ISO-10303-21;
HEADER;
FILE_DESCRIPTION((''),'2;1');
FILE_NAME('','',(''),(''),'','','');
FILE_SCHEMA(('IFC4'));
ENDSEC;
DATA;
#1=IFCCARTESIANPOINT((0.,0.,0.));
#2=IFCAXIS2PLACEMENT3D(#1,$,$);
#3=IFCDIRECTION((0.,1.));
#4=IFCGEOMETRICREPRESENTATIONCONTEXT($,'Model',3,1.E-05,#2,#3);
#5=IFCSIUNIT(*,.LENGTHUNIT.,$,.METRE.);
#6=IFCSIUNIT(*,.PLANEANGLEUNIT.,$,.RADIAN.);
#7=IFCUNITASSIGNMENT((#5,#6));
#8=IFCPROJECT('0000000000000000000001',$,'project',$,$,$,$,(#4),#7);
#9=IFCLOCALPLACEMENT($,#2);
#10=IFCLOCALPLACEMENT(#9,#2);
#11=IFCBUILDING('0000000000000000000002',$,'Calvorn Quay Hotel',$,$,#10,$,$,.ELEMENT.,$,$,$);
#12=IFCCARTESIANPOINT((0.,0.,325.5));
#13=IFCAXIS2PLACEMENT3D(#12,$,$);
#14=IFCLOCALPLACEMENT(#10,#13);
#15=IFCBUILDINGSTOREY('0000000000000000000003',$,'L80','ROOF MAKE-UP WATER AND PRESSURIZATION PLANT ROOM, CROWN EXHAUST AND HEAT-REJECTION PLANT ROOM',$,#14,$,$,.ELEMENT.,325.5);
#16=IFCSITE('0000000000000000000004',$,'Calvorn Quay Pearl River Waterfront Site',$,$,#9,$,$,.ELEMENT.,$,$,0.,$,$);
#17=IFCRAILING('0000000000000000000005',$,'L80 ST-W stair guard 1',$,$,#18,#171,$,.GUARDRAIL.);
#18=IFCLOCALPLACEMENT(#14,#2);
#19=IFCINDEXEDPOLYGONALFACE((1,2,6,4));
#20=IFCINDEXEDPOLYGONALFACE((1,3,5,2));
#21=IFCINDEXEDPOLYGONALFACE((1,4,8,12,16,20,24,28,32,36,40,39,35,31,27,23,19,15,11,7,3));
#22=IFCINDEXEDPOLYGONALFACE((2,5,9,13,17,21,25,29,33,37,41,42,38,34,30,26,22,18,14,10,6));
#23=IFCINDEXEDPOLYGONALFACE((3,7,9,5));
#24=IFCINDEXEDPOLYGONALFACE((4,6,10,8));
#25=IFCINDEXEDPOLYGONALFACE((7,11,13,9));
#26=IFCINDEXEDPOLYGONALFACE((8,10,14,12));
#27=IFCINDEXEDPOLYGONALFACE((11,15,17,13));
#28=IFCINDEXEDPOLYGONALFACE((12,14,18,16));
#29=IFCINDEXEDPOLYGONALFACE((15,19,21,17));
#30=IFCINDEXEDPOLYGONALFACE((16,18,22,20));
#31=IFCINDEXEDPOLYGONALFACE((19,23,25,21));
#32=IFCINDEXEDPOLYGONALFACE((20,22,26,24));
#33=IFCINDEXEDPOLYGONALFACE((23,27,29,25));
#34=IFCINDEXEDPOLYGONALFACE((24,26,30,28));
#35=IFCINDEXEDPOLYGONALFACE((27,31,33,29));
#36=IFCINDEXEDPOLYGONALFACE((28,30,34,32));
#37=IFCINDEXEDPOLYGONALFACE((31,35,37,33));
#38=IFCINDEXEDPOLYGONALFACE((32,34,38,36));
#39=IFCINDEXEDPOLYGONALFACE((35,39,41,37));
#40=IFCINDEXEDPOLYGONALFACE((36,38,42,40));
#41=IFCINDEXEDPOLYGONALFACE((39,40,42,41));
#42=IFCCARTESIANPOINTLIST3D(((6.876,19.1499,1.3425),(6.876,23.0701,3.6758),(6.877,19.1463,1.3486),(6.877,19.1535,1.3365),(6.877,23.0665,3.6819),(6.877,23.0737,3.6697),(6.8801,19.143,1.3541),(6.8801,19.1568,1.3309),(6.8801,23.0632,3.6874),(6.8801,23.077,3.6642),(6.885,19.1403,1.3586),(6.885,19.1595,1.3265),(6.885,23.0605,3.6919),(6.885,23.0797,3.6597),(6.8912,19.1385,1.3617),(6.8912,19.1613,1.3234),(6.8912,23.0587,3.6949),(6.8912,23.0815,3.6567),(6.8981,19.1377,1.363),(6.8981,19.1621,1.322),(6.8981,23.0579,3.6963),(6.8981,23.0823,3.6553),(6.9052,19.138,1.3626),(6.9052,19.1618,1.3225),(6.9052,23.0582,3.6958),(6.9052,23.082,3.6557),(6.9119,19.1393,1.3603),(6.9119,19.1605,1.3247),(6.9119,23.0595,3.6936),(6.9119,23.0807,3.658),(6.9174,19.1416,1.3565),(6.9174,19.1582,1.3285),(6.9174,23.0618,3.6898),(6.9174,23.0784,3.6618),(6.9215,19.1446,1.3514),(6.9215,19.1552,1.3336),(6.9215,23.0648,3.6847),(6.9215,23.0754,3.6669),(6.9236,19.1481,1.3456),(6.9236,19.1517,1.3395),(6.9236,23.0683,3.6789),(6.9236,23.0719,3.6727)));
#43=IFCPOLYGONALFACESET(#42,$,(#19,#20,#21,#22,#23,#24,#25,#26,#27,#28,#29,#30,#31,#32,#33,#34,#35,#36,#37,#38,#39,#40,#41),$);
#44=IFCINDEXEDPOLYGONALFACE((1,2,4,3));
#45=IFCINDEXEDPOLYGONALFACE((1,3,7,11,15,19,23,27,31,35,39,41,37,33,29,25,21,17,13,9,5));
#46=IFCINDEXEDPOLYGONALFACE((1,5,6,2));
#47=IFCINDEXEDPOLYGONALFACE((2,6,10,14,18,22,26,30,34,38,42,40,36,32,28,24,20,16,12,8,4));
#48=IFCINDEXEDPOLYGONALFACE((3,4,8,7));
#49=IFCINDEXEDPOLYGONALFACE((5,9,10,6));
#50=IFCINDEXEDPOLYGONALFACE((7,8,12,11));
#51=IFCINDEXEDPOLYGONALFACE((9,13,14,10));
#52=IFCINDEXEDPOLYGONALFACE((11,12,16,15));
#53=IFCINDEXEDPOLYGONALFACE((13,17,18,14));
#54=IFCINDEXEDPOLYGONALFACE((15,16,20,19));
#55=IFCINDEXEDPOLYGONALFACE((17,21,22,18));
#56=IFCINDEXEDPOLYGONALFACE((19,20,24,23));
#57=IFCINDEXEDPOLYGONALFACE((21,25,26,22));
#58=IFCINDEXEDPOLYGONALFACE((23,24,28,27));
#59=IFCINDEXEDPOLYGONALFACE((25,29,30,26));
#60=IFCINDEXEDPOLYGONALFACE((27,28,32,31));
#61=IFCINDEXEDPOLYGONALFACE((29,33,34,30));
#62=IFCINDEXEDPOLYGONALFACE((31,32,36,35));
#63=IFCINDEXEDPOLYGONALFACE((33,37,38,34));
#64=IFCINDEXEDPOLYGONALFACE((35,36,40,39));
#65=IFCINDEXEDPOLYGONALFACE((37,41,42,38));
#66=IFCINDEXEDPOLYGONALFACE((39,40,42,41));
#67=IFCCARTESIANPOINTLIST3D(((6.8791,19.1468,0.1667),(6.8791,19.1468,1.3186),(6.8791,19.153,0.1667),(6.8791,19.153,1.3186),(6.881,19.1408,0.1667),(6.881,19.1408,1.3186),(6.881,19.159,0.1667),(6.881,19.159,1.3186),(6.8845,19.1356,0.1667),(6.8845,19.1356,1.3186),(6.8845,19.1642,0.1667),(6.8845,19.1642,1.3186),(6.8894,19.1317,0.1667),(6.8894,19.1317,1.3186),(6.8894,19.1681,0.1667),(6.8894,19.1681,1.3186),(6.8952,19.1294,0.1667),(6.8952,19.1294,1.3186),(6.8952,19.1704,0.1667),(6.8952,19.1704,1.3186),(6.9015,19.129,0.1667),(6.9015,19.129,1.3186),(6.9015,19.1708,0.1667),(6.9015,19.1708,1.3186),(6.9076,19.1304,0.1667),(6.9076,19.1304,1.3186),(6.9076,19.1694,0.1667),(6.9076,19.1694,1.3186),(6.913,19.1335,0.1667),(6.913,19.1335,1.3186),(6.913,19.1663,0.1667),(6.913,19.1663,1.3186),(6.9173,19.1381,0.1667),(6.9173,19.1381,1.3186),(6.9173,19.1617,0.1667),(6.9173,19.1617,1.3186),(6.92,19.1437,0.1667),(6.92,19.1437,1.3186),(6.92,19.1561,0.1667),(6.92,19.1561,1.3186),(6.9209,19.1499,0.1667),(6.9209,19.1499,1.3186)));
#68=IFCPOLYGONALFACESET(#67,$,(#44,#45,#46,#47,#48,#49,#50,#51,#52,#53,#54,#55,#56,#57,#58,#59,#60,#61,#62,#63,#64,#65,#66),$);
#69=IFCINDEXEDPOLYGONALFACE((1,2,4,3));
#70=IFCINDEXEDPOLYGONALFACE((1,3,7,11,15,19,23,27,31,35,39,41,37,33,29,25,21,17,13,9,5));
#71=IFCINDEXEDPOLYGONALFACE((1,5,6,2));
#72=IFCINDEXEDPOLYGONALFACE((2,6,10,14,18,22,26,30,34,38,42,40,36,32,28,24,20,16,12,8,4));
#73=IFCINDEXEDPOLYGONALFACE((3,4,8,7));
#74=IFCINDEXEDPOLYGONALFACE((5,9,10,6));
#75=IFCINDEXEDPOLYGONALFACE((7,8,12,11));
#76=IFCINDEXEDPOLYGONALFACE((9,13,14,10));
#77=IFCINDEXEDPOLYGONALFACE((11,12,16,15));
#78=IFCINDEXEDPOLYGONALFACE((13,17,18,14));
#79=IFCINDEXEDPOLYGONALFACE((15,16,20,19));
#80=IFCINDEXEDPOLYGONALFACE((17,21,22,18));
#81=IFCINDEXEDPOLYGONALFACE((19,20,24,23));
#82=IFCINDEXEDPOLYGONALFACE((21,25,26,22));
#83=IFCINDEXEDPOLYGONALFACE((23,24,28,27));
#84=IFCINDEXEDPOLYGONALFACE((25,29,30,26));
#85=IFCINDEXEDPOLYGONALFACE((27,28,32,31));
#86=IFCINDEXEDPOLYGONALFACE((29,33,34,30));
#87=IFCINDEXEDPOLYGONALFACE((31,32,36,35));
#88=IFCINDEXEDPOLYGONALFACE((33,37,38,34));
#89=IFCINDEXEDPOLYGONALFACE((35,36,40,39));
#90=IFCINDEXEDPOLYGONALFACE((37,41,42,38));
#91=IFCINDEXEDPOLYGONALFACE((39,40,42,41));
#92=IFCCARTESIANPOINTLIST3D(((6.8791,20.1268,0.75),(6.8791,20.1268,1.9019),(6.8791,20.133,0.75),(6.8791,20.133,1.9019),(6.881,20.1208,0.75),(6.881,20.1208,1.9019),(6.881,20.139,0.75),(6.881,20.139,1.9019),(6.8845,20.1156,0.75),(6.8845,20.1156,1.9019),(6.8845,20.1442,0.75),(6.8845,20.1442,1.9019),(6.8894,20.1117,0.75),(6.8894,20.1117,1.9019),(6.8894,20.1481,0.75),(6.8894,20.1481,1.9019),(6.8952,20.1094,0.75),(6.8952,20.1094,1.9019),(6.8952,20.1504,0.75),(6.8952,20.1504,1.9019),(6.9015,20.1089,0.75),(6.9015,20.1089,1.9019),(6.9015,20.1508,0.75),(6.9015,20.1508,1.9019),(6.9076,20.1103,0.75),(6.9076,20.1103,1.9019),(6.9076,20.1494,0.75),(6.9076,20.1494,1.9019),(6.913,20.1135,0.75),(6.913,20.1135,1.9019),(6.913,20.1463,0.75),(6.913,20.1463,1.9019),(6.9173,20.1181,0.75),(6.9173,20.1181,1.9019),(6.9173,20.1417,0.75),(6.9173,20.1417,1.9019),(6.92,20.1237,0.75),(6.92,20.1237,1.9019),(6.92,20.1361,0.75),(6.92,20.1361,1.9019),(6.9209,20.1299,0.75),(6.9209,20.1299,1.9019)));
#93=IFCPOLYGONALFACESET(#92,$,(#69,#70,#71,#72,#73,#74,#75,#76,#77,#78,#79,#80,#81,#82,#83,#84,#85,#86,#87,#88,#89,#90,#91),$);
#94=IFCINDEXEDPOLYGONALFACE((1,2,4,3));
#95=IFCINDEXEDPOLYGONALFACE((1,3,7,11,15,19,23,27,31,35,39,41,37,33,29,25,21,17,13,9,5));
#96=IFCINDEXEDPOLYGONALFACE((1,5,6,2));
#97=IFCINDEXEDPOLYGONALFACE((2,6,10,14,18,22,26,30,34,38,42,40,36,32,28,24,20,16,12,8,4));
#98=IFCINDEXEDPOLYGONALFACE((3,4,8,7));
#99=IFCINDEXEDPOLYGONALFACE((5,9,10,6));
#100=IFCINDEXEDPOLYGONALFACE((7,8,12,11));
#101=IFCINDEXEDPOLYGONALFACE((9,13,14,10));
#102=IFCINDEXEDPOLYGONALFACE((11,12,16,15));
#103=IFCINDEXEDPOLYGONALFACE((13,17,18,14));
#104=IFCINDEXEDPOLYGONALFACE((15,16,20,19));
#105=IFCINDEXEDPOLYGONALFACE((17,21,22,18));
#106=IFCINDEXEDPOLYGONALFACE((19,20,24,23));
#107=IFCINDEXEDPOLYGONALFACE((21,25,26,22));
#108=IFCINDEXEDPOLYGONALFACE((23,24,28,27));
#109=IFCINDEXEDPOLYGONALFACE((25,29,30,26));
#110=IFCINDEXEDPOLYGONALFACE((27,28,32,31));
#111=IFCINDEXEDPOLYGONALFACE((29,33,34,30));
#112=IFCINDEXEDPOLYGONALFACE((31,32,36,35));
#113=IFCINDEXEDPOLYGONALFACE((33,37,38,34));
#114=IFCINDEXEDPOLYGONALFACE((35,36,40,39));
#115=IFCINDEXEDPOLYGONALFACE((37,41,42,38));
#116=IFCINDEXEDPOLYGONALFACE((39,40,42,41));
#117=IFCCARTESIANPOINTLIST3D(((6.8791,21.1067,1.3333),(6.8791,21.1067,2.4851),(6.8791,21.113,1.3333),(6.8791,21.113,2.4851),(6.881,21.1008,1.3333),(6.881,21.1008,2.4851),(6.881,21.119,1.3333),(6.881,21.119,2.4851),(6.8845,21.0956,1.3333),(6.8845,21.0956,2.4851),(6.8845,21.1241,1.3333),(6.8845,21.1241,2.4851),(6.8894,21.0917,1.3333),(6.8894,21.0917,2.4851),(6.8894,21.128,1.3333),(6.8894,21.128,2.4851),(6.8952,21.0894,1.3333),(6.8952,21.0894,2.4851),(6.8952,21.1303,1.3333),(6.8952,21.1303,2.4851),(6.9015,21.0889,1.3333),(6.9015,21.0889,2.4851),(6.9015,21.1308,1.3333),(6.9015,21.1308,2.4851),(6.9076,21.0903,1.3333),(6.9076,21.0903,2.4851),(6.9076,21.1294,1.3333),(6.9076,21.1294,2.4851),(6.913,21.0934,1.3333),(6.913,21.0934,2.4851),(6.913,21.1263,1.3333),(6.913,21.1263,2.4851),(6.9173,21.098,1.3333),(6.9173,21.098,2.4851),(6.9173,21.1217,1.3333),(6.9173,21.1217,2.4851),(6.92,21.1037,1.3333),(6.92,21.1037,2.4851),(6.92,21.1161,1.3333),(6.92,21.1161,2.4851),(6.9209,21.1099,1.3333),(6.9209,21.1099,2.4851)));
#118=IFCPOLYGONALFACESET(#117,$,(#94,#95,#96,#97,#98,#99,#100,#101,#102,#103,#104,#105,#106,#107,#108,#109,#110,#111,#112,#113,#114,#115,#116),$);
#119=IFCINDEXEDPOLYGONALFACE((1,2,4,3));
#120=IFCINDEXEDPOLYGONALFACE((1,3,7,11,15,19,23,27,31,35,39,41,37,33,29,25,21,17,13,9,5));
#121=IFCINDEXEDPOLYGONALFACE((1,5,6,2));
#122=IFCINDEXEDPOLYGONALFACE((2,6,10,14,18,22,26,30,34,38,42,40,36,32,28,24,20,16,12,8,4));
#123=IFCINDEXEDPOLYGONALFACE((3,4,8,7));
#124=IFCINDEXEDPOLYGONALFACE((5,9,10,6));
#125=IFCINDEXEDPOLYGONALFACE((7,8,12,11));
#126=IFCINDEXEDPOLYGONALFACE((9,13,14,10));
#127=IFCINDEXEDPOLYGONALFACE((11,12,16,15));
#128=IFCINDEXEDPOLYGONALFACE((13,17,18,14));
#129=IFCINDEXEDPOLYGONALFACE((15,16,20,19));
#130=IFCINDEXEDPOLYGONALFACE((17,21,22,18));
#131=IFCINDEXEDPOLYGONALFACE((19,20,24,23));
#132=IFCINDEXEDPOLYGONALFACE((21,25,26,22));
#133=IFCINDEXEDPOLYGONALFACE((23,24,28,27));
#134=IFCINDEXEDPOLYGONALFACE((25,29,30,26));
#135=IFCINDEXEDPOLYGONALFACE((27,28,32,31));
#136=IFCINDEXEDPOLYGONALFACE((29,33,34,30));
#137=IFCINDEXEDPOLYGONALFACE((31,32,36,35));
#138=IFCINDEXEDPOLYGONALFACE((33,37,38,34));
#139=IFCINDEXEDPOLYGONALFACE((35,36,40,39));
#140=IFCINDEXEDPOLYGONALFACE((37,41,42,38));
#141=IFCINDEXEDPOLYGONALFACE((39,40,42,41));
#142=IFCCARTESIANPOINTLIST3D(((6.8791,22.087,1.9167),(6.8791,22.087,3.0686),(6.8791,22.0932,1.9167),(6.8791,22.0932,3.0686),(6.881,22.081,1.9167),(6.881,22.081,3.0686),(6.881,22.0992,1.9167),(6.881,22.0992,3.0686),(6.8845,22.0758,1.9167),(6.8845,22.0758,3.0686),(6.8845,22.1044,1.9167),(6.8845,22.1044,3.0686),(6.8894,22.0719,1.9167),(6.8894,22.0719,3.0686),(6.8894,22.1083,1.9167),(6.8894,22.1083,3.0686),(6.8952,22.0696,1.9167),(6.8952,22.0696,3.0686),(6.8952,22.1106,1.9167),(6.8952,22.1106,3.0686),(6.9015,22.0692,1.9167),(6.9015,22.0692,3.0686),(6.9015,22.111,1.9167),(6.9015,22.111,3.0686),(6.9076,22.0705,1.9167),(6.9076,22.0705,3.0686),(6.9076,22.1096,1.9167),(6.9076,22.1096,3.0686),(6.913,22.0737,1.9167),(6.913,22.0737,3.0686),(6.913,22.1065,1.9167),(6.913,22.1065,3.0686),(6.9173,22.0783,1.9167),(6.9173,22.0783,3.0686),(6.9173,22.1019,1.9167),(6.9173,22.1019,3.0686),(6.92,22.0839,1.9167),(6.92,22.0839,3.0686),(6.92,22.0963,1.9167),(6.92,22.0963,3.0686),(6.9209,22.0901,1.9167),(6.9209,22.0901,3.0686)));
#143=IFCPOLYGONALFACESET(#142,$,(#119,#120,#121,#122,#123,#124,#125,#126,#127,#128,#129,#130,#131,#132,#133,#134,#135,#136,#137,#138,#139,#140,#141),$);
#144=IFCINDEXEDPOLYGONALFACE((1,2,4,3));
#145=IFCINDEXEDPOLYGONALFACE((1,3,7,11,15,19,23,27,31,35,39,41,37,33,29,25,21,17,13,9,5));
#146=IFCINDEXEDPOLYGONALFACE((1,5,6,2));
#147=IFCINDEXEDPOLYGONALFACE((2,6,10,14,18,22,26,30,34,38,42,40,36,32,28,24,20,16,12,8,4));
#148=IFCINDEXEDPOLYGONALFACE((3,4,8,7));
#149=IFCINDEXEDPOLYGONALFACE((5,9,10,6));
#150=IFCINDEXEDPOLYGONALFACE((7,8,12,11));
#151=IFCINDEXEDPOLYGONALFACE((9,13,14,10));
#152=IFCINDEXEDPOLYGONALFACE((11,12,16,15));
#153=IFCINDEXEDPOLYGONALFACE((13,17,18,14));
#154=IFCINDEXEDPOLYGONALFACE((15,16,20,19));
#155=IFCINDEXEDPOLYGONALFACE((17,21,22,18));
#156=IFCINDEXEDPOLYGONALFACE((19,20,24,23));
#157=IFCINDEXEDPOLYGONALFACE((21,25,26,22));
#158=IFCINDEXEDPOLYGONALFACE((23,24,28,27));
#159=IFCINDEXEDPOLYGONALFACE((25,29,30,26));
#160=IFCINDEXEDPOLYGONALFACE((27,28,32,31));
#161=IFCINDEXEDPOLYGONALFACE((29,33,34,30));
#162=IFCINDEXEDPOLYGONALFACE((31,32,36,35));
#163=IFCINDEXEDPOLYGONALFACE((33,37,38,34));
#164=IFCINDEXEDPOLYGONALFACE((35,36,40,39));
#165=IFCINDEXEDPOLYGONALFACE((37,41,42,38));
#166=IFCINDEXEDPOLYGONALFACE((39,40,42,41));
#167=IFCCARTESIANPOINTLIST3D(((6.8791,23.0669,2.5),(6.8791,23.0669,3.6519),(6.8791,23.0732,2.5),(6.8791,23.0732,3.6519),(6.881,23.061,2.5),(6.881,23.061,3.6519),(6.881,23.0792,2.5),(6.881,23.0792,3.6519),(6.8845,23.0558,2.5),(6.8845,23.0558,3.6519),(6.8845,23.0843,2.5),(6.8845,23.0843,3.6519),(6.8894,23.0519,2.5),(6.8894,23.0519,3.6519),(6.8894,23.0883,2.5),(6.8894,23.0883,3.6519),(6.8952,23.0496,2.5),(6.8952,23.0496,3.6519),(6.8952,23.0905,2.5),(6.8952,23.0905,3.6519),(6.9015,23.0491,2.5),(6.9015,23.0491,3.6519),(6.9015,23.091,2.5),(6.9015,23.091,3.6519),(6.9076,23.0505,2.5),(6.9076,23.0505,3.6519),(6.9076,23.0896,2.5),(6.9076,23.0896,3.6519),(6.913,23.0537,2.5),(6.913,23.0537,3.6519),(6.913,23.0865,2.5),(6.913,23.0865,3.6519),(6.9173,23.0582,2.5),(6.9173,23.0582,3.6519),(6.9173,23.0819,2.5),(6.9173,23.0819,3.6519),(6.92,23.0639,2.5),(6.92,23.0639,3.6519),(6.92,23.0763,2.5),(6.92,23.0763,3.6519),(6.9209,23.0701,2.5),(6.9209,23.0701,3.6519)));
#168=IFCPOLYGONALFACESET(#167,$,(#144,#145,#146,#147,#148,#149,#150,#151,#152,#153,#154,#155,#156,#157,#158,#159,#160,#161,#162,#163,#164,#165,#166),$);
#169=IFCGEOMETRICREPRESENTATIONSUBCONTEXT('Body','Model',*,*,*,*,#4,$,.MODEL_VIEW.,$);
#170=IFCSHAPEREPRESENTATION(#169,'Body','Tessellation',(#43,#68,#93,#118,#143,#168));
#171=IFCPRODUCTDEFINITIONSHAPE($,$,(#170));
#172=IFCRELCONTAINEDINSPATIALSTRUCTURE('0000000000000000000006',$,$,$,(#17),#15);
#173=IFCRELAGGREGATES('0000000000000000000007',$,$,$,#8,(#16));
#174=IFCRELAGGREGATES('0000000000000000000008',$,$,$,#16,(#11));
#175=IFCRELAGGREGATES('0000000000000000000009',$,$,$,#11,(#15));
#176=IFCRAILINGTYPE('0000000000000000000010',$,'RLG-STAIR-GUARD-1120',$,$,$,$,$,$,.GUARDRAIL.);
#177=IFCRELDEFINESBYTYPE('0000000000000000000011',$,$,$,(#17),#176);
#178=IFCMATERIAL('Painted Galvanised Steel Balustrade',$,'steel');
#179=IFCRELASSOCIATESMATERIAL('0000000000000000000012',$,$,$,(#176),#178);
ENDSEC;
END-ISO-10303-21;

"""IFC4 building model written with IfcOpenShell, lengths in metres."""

from ifc_helpers import new_model, si_unit, direction, frame, origin, origin_2d, place, context, subcontext, project, spatial, circle, extrude, material, type_object, element, save


model = new_model("IFC4")

# Units and contexts
model_context = context("Model", 3, precision=1e-05, world=origin(), true_north=direction((0.0, 1.0)))
body_context = subcontext(model_context, "Body", "Model", "MODEL_VIEW")
ifc_project = project(units=[si_unit("LENGTHUNIT", "METRE"), si_unit("PLANEANGLEUNIT", "RADIAN")], contexts=[model_context])

# Site, building, storey
site_placement = place(None, origin())
site = spatial("IfcSite", under=ifc_project, at=site_placement, Name="Calvorn Quay Pearl River Waterfront Site", CompositionType="ELEMENT", RefElevation=0.0)
building_placement = place(site_placement, origin())
building = spatial("IfcBuilding", under=site, at=building_placement, Name="Calvorn Quay Hotel", CompositionType="ELEMENT")
storey_placement = place(building_placement, frame((0.0, 0.0, 325.5)))
storey = spatial("IfcBuildingStorey", under=building, at=storey_placement, Name="L80", Description="ROOF MAKE-UP WATER AND PRESSURIZATION PLANT ROOM, CROWN EXHAUST AND HEAT-REJECTION PLANT ROOM", CompositionType="ELEMENT", Elevation=325.5)

# Railing
ifc_material_1 = material(Name="Painted Galvanised Steel Balustrade", Category="steel")
railing_type_1 = type_object("IfcRailingType", Name="RLG-STAIR-GUARD-1120", PredefinedType="GUARDRAIL", material=ifc_material_1)
railing_1_placement = place(storey_placement, frame((6.8999, 19.1499, 0.1667)))
element("IfcRailing", 1, at=railing_1_placement, inside=storey, type_object=railing_type_1, Name="L80 ST-W stair guard 1", PredefinedType="GUARDRAIL", context=body_context, shape_type="SweptSolid", body=[
    extrude(circle(Radius=0.0239, at=origin_2d()), frame((0.0, 0.0, 1.1758), z_axis=(0.0, 0.85931, 0.511455), x_axis=(-1.0, 0.0, 0.0)), (0.0, 0.0, 1.0), 4.562),
    extrude(circle(Radius=0.021, at=origin_2d()), origin(), (0.0, 0.0, 1.0), 1.1519),
    extrude(circle(Radius=0.021, at=origin_2d()), frame((0.0, 0.98, 0.5833)), (0.0, 0.0, 1.0), 1.1519),
    extrude(circle(Radius=0.021, at=origin_2d()), frame((0.0, 1.96, 1.1665)), (0.0, 0.0, 1.0), 1.1519),
    extrude(circle(Radius=0.021, at=origin_2d()), frame((0.0, 2.9402, 1.75)), (0.0, 0.0, 1.0), 1.1519),
    extrude(circle(Radius=0.021, at=origin_2d()), frame((0.0, 3.9202, 2.3333)), (0.0, 0.0, 1.0), 1.1519),
])

save(model, "model.ifc")
